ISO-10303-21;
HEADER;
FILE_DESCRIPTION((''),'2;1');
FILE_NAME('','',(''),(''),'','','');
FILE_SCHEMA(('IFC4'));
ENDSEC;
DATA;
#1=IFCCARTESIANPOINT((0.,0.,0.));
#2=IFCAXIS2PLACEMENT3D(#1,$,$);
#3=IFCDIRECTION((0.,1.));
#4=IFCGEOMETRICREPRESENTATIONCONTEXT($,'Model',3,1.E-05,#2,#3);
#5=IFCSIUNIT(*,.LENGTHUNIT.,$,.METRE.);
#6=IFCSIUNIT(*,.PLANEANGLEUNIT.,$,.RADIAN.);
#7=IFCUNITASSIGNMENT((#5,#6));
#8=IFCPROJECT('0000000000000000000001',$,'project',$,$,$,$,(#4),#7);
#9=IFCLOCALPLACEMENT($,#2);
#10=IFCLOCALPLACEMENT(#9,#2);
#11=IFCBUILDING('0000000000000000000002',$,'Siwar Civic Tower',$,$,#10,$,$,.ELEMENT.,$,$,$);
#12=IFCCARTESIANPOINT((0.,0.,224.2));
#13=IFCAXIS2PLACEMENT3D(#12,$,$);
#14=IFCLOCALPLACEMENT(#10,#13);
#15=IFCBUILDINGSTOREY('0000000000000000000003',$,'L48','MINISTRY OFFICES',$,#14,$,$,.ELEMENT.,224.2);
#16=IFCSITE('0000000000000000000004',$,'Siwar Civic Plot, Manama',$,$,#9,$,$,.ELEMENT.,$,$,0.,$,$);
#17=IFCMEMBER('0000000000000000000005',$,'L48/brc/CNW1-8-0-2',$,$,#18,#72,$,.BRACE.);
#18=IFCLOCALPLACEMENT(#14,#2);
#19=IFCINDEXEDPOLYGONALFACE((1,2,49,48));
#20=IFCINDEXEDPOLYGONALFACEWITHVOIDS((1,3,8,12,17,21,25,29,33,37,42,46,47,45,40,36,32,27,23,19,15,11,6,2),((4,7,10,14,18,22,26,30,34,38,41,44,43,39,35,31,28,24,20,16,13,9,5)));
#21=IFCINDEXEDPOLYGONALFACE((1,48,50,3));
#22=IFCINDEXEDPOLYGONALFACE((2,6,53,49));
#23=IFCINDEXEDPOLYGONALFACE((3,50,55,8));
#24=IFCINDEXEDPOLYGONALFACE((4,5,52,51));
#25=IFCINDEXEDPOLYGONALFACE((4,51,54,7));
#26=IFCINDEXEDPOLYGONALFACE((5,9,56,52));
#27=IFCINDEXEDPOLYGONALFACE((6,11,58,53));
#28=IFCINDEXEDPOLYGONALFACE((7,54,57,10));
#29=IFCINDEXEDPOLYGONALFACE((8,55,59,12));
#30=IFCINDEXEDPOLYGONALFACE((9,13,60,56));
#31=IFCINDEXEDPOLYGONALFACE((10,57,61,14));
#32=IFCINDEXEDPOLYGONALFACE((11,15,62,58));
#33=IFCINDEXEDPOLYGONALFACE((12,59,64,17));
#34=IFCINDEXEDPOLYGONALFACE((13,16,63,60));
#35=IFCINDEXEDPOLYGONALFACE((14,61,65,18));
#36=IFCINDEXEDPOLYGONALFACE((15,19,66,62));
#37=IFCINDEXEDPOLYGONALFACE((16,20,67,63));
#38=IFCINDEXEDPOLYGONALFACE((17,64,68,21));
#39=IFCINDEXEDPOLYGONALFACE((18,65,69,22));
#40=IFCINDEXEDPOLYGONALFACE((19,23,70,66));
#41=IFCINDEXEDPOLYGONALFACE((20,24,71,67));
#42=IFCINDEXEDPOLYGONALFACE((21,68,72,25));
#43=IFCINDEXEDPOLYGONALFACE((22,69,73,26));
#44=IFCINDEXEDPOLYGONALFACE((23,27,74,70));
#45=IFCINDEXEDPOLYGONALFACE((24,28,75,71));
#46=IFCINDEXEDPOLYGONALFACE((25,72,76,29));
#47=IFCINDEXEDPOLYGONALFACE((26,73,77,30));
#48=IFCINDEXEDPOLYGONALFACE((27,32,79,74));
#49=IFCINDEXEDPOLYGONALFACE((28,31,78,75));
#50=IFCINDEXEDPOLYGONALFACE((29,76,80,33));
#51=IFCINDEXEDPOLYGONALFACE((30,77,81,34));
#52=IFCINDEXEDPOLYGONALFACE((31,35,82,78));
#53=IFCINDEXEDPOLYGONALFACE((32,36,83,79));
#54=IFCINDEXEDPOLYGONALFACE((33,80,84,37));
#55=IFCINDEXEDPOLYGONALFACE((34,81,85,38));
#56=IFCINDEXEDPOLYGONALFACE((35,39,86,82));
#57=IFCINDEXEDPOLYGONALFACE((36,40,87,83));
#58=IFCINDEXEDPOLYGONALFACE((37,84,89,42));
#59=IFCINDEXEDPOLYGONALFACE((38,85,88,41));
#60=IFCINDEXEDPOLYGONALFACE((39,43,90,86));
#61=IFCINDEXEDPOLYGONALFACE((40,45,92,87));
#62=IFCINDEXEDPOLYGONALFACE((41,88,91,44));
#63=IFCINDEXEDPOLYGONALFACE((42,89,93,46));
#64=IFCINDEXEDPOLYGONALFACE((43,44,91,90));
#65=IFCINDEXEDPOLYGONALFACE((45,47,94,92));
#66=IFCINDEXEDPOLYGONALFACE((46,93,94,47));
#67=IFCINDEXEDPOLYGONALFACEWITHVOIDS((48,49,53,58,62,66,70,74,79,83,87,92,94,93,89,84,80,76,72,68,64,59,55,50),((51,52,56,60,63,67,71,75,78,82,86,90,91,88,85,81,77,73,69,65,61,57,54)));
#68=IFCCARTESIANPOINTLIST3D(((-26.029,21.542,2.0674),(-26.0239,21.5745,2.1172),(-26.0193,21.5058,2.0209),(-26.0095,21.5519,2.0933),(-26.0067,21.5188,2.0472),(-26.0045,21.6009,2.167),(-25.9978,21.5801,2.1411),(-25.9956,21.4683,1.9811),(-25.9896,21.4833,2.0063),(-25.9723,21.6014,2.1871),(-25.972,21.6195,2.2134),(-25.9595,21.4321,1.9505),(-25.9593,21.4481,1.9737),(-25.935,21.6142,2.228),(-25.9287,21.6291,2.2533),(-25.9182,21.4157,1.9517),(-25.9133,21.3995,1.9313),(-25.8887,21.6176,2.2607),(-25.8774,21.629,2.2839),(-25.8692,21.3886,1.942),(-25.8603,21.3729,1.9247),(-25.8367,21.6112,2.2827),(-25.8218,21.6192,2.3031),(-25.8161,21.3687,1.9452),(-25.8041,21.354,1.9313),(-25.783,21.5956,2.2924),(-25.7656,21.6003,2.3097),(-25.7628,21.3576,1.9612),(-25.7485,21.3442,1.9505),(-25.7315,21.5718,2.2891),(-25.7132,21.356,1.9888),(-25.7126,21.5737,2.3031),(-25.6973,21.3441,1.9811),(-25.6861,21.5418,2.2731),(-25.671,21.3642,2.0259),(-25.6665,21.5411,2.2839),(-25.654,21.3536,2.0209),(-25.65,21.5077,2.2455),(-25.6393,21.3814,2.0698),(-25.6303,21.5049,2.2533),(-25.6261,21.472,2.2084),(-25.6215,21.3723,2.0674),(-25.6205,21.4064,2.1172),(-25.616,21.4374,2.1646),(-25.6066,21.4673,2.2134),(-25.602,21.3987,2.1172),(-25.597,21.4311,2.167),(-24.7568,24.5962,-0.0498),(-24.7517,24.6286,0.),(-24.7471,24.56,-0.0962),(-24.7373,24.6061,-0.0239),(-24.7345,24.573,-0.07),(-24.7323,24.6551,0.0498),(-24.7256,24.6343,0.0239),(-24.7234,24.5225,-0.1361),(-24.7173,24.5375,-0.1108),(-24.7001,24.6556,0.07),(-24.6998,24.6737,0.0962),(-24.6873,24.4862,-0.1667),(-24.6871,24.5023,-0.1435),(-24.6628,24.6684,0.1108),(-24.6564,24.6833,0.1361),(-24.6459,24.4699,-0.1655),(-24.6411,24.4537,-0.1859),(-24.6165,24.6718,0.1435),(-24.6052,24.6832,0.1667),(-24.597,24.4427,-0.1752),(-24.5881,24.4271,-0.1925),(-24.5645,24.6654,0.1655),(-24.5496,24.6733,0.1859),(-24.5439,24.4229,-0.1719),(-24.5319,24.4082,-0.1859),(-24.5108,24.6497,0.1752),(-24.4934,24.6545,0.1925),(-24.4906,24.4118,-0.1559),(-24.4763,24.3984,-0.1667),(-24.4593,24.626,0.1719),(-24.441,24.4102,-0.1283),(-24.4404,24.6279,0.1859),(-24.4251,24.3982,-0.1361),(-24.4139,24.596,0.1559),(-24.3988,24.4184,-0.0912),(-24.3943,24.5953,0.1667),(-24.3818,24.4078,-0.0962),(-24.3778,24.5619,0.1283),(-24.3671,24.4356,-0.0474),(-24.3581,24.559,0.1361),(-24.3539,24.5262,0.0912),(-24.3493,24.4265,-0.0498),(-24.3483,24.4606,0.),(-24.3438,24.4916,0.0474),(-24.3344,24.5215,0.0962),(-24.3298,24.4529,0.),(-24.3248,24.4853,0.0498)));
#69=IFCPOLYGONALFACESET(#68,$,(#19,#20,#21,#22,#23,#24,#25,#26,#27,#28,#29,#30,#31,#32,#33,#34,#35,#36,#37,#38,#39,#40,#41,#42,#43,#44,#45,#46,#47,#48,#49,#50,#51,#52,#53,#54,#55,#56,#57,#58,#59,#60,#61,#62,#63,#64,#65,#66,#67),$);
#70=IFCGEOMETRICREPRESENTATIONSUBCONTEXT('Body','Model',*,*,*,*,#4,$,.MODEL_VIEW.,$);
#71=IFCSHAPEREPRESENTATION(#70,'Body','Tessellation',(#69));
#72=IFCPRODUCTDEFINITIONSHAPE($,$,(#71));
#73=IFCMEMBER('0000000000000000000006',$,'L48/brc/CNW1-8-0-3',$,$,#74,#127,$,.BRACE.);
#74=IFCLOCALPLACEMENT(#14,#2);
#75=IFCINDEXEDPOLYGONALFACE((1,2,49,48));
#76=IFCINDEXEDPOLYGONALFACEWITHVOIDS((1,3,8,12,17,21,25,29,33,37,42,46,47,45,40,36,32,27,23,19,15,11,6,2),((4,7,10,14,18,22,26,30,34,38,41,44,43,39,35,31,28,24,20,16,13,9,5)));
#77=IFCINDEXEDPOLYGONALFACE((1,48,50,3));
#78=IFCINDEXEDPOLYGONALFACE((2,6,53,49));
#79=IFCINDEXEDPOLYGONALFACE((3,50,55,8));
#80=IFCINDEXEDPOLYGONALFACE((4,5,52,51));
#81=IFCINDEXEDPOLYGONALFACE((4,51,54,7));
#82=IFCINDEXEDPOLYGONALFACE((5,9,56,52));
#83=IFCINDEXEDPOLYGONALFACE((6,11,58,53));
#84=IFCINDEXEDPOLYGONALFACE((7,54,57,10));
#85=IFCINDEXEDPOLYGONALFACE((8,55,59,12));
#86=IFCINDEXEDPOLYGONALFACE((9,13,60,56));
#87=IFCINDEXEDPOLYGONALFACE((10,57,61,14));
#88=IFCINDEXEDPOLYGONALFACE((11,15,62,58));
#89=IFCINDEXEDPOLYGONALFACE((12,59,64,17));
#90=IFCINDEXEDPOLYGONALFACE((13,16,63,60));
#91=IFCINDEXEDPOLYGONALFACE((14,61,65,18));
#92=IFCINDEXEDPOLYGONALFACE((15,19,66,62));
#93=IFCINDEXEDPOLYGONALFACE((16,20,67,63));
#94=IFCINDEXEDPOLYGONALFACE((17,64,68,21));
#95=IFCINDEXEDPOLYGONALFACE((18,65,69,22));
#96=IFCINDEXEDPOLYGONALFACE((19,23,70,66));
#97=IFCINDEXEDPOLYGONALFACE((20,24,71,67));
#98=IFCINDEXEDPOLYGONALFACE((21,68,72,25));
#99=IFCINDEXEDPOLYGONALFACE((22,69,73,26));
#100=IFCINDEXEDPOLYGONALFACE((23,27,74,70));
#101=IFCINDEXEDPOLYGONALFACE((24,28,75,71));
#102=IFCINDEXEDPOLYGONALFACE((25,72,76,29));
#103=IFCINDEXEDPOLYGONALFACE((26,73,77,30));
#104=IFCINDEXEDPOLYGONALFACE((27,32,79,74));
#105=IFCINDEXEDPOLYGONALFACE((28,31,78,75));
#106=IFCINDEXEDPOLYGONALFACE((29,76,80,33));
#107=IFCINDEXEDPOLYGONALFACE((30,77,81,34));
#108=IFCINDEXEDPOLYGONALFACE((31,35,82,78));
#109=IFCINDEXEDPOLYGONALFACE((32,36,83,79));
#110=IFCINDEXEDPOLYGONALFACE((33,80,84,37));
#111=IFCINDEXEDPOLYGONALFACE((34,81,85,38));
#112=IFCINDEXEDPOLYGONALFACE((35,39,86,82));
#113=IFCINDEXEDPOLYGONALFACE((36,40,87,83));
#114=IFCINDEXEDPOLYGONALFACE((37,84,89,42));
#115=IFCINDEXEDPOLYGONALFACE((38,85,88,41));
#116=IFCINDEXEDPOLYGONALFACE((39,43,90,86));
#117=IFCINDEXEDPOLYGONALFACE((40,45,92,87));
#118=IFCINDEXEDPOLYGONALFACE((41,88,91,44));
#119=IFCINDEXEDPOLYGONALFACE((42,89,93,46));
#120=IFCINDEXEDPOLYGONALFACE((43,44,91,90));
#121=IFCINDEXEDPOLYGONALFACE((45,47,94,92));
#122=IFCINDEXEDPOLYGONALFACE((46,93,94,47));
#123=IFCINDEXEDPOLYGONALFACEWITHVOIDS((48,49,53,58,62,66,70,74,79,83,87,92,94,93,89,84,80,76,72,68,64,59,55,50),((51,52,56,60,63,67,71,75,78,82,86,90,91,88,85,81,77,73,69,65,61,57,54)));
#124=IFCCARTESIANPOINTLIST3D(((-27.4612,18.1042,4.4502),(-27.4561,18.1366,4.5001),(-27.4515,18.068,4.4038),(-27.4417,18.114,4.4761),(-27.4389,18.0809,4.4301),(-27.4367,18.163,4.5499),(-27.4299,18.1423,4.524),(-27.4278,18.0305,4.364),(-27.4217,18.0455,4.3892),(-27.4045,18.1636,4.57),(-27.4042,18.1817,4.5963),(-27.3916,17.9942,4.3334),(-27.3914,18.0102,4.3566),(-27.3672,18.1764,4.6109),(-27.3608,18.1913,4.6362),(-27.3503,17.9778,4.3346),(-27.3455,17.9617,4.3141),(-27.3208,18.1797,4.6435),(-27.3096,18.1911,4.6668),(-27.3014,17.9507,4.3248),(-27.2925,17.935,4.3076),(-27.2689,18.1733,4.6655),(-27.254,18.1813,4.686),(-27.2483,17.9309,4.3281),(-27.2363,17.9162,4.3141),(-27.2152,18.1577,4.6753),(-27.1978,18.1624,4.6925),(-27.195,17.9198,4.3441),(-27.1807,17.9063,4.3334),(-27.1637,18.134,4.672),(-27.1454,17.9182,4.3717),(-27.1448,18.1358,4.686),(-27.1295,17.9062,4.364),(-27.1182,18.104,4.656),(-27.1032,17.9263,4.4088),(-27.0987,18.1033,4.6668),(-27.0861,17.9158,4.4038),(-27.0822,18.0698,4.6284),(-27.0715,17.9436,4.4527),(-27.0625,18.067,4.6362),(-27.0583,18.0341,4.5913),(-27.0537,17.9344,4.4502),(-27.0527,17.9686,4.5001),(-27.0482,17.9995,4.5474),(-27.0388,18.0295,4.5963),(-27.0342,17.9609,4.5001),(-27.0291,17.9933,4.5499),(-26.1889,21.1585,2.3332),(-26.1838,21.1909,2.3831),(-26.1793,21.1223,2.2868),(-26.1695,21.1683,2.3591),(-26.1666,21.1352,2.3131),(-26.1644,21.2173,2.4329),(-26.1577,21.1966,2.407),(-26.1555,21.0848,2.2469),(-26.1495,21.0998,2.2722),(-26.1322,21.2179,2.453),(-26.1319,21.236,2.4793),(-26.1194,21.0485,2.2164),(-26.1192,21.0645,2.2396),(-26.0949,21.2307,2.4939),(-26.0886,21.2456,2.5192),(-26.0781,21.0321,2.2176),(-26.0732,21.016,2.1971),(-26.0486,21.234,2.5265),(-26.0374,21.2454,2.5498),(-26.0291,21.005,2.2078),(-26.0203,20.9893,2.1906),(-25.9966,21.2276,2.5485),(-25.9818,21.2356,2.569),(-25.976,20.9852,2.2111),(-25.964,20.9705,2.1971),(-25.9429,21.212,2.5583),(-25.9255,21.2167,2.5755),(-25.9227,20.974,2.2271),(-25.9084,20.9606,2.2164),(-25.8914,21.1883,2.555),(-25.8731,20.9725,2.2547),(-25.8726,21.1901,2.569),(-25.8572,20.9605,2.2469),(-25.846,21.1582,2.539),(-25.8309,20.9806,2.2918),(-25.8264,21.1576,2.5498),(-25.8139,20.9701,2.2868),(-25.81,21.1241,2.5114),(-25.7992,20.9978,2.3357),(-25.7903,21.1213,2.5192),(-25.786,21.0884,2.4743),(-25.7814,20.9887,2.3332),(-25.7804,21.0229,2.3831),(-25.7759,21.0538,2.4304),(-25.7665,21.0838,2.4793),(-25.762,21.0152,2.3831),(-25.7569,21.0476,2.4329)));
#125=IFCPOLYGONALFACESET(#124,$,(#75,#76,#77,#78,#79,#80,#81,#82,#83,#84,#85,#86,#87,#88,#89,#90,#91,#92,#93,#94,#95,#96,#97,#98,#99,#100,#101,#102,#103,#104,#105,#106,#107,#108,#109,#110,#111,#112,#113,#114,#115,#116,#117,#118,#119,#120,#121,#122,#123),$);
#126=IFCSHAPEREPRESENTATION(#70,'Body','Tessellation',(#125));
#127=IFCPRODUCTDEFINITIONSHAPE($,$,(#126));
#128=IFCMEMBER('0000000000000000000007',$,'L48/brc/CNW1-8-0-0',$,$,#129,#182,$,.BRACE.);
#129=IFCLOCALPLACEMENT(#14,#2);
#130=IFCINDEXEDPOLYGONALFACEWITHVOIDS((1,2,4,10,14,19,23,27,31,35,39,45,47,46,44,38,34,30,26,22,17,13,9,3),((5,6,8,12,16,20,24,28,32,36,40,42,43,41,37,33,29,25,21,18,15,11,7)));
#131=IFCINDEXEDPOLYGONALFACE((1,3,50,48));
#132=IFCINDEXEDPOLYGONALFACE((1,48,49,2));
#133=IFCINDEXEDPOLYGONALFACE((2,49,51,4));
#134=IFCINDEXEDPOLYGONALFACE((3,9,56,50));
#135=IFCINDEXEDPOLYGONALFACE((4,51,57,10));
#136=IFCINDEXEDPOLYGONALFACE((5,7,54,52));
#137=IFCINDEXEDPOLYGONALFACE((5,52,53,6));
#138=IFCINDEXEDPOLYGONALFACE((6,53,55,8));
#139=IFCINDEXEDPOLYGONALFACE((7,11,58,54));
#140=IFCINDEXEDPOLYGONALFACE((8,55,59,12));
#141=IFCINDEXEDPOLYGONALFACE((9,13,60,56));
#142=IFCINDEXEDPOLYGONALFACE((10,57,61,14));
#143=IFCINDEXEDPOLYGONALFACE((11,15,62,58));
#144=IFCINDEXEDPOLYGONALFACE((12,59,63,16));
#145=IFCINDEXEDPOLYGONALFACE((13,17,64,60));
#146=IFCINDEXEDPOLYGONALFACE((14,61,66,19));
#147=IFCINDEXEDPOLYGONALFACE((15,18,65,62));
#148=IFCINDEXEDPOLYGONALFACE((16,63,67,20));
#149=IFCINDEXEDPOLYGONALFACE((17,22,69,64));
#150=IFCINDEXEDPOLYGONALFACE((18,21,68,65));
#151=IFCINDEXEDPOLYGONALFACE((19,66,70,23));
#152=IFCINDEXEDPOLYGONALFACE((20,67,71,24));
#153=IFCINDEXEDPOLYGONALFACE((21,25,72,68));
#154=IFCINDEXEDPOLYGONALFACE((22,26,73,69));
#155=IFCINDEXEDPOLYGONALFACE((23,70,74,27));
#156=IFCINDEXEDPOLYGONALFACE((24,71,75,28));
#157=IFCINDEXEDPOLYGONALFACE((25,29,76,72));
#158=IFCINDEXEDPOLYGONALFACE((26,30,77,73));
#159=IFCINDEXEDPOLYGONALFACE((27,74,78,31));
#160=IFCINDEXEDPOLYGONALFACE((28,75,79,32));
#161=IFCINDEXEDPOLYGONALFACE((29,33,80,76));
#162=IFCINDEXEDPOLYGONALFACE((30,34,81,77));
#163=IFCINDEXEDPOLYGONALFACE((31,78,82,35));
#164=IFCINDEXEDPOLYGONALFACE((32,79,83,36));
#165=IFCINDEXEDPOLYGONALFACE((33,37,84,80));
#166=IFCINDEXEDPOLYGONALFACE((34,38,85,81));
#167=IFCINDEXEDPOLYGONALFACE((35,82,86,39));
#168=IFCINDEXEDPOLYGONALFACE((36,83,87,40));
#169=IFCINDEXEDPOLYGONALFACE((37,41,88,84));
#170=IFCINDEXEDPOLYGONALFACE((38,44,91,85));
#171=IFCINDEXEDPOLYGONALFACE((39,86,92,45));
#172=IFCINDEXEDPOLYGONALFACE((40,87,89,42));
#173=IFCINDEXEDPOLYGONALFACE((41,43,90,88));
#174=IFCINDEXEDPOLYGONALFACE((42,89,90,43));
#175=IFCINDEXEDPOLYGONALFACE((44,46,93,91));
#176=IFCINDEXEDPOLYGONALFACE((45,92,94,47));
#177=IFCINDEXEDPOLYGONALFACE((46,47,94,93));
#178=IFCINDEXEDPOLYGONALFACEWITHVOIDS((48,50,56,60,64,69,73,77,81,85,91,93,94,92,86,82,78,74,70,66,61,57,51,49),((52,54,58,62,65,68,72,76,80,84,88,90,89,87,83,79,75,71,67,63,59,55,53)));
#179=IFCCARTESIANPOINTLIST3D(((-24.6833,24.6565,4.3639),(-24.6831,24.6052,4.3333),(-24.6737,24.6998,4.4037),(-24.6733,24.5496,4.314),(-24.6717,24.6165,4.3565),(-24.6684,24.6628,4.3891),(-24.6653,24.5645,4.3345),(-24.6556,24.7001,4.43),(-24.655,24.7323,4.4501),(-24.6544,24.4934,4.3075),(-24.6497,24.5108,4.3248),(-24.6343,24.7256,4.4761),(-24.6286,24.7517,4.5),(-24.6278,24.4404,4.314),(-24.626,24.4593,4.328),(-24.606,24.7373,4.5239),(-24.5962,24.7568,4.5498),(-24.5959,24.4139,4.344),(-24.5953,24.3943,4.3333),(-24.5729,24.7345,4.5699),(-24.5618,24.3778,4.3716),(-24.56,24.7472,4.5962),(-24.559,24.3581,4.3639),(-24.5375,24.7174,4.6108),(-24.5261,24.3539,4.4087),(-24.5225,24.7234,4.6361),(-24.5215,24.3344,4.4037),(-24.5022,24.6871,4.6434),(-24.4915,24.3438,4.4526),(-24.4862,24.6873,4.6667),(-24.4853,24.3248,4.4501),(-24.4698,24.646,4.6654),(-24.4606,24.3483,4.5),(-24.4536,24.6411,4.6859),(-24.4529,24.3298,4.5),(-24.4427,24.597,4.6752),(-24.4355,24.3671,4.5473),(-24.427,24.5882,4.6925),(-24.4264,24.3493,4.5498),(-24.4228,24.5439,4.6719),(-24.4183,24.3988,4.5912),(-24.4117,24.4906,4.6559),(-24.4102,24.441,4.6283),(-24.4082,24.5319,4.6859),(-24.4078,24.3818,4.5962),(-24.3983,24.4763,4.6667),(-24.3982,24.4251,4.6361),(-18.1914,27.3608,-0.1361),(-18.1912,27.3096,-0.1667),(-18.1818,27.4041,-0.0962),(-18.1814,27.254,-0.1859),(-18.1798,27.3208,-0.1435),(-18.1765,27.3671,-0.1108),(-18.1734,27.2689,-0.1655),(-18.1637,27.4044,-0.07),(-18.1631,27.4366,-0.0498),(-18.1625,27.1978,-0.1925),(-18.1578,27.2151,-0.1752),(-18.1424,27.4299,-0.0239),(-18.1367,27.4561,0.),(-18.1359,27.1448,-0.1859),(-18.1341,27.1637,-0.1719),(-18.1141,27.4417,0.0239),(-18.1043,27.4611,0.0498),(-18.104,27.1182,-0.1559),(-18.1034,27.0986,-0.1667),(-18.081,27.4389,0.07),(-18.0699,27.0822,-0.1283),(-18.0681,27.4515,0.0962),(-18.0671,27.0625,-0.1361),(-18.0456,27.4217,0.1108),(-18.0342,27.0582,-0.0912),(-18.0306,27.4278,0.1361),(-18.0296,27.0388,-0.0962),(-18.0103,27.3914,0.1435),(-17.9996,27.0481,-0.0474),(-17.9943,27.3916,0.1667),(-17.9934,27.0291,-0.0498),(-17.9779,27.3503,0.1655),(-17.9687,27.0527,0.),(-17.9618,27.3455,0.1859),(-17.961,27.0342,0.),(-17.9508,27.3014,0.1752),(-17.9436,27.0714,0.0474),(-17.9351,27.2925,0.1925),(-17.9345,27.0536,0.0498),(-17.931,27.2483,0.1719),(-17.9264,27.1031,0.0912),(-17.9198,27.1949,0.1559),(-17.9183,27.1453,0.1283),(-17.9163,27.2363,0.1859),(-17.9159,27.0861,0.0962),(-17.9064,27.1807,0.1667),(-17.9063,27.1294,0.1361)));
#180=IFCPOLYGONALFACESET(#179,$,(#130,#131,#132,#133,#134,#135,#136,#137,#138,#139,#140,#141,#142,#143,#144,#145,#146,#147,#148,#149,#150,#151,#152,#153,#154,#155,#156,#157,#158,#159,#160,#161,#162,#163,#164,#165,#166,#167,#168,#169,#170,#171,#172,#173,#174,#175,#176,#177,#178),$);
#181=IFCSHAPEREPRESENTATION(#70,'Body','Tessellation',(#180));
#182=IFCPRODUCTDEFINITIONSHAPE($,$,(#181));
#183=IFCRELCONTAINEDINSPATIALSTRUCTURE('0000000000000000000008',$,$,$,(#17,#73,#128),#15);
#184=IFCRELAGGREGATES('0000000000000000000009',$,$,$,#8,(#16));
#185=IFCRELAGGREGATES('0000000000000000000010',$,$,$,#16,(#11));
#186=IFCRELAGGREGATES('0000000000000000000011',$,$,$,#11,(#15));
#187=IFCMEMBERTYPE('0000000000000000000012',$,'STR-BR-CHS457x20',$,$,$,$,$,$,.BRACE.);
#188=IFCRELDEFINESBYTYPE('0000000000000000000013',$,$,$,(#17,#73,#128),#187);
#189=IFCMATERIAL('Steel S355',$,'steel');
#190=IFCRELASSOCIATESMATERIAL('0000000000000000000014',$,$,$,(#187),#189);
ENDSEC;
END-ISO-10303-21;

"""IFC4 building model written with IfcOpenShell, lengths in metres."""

from ifc_helpers import new_model, si_unit, direction, frame, origin, origin_2d, place, context, subcontext, project, spatial, hollow_circle, extrude, material, material_profile, profile_set, type_object, element, save


model = new_model("IFC4")

# Units and contexts
model_context = context("Model", 3, precision=1e-05, world=origin(), true_north=direction((0.0, 1.0)))
body_context = subcontext(model_context, "Body", "Model", "MODEL_VIEW")
ifc_project = project(units=[si_unit("LENGTHUNIT", "METRE"), si_unit("PLANEANGLEUNIT", "RADIAN")], contexts=[model_context])

# Site, building, storey
site_placement = place(None, origin())
site = spatial("IfcSite", under=ifc_project, at=site_placement, Name="Siwar Civic Plot, Manama", CompositionType="ELEMENT", RefElevation=0.0)
building_placement = place(site_placement, origin())
building = spatial("IfcBuilding", under=site, at=building_placement, Name="Siwar Civic Tower", CompositionType="ELEMENT")
storey_placement = place(building_placement, frame((0.0, 0.0, 224.2)))
storey = spatial("IfcBuildingStorey", under=building, at=storey_placement, Name="L48", Description="MINISTRY OFFICES", CompositionType="ELEMENT", Elevation=224.2)

# Members
ifc_material_1 = material(Name="Steel S355", Category="steel")
ifc_material_profile_1 = material_profile(ifc_material_1, hollow_circle(Radius=0.2285, WallThickness=0.02, at=origin_2d()), Name="CHS457x20")
ifc_profile_set_1 = profile_set([ifc_material_profile_1], Name="Steel S355")
member_type_1 = type_object("IfcMemberType", Name="STR-BR-CHS457x20", PredefinedType="BRACE", material=ifc_profile_set_1)
for number, where, z_axis, x_axis, name in (
    (1, (-24.5408, 24.5408, 0.0), (-0.323884, -0.777546, 0.538999), (0.923116, -0.384521, 0.0), "L48/brc/CNW1-8-0-2"),
    (2, (-25.9729, 21.103, 2.3831), (-0.323895, -0.777572, 0.538955), (0.923116, -0.384521, 0.0), "L48/brc/CNW1-8-0-3"),
):
    element("IfcMember", number, at=place(storey_placement, frame(where, z_axis=z_axis, x_axis=x_axis)), inside=storey, type_object=member_type_1, Name=name, PredefinedType="BRACE", context=body_context, shape_type="SweptSolid", body=[
        extrude(hollow_circle(Radius=0.2285, WallThickness=0.02, at=origin_2d()), origin(), (0.0, 0.0, 1.0), 3.928),
    ])
member_1_placement = place(storey_placement, frame((-18.0488, 27.2451, 0.0), z_axis=(-0.777555, -0.323906, 0.538975), x_axis=(0.384539, -0.923109, 0.0)))
element("IfcMember", 3, at=member_1_placement, inside=storey, type_object=member_type_1, Name="L48/brc/CNW1-8-0-0", PredefinedType="BRACE", context=body_context, shape_type="SweptSolid", body=[
    extrude(hollow_circle(Radius=0.2285, WallThickness=0.02, at=origin_2d()), origin(), (0.0, 0.0, 1.0), 8.3491),
])

save(model, "model.ifc")
